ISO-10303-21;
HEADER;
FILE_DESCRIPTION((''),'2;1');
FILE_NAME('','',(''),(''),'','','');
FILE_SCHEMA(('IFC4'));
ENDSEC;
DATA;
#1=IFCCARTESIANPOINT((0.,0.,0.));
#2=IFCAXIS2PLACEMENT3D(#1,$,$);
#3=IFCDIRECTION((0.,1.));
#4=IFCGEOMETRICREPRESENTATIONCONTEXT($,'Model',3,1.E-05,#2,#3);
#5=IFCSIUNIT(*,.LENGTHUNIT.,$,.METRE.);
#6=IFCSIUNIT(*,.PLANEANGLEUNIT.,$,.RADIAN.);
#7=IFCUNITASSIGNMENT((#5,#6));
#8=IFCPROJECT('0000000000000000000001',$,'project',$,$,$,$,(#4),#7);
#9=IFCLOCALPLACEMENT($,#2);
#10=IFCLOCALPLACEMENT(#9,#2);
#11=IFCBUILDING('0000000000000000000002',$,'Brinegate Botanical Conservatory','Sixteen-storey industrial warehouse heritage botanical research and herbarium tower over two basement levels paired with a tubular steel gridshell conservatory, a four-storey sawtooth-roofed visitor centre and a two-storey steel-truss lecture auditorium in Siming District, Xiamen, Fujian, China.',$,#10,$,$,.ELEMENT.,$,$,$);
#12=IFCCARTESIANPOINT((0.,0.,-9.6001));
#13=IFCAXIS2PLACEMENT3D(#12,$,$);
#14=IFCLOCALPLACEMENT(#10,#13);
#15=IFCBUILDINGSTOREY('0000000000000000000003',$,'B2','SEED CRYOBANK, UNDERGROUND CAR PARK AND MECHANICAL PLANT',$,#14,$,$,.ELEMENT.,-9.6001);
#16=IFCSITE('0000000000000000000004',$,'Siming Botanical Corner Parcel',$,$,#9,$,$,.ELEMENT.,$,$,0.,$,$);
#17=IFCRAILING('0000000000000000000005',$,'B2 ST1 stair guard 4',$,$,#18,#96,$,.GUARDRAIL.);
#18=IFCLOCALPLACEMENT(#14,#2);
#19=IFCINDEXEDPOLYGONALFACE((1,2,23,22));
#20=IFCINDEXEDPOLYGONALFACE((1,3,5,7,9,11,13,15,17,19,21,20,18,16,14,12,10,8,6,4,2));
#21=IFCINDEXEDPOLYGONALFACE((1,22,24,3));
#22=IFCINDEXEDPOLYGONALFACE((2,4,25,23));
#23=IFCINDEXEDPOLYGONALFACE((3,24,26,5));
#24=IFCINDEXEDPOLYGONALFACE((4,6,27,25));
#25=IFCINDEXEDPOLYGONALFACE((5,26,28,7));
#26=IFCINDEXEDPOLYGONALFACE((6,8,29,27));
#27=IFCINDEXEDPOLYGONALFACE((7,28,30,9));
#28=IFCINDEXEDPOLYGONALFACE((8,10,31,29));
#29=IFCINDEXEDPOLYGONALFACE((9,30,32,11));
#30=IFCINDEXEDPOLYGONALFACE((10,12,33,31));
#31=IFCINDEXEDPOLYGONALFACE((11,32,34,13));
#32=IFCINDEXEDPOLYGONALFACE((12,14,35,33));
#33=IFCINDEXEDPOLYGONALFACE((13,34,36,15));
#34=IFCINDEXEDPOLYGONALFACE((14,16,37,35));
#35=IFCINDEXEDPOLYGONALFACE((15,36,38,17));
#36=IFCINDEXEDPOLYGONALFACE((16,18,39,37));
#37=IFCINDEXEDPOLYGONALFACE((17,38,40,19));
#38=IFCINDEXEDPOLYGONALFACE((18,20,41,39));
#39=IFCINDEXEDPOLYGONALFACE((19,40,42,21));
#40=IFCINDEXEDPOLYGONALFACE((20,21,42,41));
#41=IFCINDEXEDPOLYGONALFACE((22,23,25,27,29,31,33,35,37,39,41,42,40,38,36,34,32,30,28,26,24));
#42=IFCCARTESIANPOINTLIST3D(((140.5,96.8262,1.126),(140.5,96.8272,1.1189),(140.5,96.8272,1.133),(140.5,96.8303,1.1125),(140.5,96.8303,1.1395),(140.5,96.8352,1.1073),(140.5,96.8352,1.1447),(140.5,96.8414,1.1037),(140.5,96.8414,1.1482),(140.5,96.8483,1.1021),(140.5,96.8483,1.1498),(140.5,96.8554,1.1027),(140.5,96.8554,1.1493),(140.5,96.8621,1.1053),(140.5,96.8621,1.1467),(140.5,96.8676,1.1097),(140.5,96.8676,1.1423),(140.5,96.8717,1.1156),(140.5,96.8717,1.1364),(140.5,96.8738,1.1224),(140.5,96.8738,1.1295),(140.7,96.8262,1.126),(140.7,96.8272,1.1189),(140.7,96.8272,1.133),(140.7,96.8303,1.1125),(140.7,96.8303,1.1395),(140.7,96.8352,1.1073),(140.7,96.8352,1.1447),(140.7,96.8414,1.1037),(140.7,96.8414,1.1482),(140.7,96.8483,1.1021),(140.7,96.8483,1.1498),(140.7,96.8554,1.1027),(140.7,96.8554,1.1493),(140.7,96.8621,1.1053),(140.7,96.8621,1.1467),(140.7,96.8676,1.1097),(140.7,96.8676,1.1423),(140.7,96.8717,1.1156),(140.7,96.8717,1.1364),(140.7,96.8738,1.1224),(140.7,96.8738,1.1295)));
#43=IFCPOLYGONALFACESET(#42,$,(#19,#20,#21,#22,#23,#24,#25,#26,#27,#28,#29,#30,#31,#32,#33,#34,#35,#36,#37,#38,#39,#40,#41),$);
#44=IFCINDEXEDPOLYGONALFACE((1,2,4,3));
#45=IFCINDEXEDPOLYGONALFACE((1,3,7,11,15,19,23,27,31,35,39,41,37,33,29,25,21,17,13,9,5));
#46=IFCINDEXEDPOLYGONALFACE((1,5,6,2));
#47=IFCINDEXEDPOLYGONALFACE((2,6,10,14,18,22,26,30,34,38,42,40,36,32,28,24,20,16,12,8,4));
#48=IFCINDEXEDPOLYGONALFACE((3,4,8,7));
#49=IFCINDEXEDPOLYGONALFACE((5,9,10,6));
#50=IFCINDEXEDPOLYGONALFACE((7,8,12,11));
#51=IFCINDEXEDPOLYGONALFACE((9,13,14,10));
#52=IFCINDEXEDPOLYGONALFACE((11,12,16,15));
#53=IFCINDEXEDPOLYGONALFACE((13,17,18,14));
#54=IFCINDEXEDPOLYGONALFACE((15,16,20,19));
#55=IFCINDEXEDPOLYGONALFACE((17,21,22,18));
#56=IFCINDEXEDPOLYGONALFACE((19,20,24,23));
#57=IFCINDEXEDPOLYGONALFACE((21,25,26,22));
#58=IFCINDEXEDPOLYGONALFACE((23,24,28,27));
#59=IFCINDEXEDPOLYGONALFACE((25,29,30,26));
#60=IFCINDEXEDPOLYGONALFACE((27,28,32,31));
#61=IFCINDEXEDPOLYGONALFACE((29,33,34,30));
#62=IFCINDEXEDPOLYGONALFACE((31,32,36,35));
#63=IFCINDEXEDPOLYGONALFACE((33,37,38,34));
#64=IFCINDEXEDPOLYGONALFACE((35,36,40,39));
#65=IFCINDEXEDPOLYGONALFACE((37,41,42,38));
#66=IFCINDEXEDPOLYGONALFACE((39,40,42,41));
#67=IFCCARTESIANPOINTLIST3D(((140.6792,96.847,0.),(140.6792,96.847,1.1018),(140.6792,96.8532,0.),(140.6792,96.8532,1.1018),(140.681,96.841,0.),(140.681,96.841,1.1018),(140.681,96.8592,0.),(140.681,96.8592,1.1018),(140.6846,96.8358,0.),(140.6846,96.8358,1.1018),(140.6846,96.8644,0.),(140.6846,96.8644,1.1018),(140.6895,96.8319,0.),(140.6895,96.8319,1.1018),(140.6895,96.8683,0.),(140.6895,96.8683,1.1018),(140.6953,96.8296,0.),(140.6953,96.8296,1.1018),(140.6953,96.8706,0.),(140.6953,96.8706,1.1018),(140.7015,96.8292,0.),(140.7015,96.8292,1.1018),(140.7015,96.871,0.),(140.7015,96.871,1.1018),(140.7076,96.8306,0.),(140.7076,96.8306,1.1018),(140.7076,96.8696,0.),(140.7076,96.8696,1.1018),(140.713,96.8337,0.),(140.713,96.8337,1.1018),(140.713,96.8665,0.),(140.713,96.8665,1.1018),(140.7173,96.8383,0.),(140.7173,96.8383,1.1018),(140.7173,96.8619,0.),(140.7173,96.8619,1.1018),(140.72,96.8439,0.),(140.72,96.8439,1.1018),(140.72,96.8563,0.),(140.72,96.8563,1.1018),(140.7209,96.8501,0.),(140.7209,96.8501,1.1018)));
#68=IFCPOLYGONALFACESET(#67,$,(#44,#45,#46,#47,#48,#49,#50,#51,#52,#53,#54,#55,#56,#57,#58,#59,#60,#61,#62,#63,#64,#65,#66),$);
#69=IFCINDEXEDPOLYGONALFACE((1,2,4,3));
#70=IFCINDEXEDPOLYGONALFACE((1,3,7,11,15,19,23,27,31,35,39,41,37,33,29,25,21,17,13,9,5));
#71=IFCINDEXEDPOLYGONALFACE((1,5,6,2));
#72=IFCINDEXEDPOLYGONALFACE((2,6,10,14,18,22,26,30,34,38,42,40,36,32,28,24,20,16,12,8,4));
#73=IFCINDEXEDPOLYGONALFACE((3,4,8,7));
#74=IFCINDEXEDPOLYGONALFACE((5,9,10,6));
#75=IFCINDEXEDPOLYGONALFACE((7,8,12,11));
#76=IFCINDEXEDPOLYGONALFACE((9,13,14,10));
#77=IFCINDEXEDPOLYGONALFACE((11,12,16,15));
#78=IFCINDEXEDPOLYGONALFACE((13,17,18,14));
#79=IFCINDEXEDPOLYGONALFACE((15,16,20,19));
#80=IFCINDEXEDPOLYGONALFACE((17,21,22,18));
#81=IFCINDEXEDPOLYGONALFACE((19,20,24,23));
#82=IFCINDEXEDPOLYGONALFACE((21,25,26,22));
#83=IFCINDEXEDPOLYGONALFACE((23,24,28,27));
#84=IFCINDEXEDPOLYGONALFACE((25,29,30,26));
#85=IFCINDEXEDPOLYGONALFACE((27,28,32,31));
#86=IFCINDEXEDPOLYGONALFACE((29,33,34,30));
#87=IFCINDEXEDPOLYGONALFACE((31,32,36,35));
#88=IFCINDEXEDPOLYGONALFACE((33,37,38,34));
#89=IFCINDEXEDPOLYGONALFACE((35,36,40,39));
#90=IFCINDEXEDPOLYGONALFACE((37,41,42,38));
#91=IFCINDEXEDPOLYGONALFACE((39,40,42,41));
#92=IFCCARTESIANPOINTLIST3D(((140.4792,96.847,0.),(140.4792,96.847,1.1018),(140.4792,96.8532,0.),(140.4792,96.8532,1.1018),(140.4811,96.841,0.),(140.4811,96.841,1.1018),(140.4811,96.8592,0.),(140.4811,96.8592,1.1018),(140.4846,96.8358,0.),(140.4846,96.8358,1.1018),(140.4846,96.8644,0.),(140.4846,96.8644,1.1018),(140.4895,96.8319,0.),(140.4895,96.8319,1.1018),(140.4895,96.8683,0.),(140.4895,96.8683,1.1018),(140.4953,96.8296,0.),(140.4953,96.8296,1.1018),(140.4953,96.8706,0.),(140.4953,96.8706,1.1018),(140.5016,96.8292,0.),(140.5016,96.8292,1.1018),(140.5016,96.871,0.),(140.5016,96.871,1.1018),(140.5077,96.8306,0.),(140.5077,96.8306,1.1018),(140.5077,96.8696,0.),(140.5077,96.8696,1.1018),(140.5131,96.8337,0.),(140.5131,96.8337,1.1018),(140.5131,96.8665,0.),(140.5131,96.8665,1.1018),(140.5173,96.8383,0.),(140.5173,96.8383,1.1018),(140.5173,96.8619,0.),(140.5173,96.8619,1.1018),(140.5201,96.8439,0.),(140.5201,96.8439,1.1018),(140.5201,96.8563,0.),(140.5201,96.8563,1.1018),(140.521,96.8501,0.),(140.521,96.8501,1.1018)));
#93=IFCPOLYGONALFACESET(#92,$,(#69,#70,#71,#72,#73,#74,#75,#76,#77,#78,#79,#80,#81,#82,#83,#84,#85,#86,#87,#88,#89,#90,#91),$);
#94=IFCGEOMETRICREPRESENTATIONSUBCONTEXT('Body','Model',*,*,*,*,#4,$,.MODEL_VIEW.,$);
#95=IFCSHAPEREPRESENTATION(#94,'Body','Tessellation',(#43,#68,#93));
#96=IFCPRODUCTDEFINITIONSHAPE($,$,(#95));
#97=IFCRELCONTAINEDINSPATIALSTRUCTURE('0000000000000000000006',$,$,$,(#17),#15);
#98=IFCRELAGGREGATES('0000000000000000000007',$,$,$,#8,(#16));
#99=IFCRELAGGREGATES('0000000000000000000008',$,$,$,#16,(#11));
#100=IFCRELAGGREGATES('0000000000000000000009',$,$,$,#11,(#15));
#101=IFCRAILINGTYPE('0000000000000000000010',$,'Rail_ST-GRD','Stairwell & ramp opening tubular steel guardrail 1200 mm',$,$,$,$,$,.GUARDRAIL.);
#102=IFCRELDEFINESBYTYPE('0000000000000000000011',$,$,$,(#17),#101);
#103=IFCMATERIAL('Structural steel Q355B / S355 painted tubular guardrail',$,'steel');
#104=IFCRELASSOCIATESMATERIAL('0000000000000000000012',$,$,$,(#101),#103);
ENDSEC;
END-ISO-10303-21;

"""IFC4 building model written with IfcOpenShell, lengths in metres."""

from ifc_helpers import new_model, si_unit, direction, frame, origin, origin_2d, place, context, subcontext, project, spatial, circle, extrude, material, type_object, element, save


model = new_model("IFC4")

# Units and contexts
model_context = context("Model", 3, precision=1e-05, world=origin(), true_north=direction((0.0, 1.0)))
body_context = subcontext(model_context, "Body", "Model", "MODEL_VIEW")
ifc_project = project(units=[si_unit("LENGTHUNIT", "METRE"), si_unit("PLANEANGLEUNIT", "RADIAN")], contexts=[model_context])

# Site, building, storey
site_placement = place(None, origin())
site = spatial("IfcSite", under=ifc_project, at=site_placement, Name="Siming Botanical Corner Parcel", CompositionType="ELEMENT", RefElevation=0.0)
building_placement = place(site_placement, origin())
building = spatial("IfcBuilding", under=site, at=building_placement, Name="Brinegate Botanical Conservatory", Description="Sixteen-storey industrial warehouse heritage botanical research and herbarium tower over two basement levels paired with a tubular steel gridshell conservatory, a four-storey sawtooth-roofed visitor centre and a two-storey steel-truss lecture auditorium in Siming District, Xiamen, Fujian, China.", CompositionType="ELEMENT")
storey_placement = place(building_placement, frame((0.0, 0.0, -9.6001)))
storey = spatial("IfcBuildingStorey", under=building, at=storey_placement, Name="B2", Description="SEED CRYOBANK, UNDERGROUND CAR PARK AND MECHANICAL PLANT", CompositionType="ELEMENT", Elevation=-9.6001)

# Railing
ifc_material_1 = material(Name="Structural steel Q355B / S355 painted tubular guardrail", Category="steel")
railing_type_1 = type_object("IfcRailingType", Name="Rail_ST-GRD", Description="Stairwell & ramp opening tubular steel guardrail 1200 mm", PredefinedType="GUARDRAIL", material=ifc_material_1)
railing_1_placement = place(storey_placement, frame((140.7, 96.8501, 0.0)))
element("IfcRailing", 1, at=railing_1_placement, inside=storey, type_object=railing_type_1, Name="B2 ST1 stair guard 4", PredefinedType="GUARDRAIL", context=body_context, shape_type="SweptSolid", body=[
    extrude(circle(Radius=0.0239, at=origin_2d()), frame((0.0, 0.0, 1.126), z_axis=(-1.0, 0.0, 0.0), x_axis=(0.0, -1.0, 0.0)), (0.0, 0.0, 1.0), 0.2),
    extrude(circle(Radius=0.021, at=origin_2d()), origin(), (0.0, 0.0, 1.0), 1.1018),
    extrude(circle(Radius=0.021, at=origin_2d()), frame((-0.2, 0.0, 0.0)), (0.0, 0.0, 1.0), 1.1018),
])

save(model, "model.ifc")
